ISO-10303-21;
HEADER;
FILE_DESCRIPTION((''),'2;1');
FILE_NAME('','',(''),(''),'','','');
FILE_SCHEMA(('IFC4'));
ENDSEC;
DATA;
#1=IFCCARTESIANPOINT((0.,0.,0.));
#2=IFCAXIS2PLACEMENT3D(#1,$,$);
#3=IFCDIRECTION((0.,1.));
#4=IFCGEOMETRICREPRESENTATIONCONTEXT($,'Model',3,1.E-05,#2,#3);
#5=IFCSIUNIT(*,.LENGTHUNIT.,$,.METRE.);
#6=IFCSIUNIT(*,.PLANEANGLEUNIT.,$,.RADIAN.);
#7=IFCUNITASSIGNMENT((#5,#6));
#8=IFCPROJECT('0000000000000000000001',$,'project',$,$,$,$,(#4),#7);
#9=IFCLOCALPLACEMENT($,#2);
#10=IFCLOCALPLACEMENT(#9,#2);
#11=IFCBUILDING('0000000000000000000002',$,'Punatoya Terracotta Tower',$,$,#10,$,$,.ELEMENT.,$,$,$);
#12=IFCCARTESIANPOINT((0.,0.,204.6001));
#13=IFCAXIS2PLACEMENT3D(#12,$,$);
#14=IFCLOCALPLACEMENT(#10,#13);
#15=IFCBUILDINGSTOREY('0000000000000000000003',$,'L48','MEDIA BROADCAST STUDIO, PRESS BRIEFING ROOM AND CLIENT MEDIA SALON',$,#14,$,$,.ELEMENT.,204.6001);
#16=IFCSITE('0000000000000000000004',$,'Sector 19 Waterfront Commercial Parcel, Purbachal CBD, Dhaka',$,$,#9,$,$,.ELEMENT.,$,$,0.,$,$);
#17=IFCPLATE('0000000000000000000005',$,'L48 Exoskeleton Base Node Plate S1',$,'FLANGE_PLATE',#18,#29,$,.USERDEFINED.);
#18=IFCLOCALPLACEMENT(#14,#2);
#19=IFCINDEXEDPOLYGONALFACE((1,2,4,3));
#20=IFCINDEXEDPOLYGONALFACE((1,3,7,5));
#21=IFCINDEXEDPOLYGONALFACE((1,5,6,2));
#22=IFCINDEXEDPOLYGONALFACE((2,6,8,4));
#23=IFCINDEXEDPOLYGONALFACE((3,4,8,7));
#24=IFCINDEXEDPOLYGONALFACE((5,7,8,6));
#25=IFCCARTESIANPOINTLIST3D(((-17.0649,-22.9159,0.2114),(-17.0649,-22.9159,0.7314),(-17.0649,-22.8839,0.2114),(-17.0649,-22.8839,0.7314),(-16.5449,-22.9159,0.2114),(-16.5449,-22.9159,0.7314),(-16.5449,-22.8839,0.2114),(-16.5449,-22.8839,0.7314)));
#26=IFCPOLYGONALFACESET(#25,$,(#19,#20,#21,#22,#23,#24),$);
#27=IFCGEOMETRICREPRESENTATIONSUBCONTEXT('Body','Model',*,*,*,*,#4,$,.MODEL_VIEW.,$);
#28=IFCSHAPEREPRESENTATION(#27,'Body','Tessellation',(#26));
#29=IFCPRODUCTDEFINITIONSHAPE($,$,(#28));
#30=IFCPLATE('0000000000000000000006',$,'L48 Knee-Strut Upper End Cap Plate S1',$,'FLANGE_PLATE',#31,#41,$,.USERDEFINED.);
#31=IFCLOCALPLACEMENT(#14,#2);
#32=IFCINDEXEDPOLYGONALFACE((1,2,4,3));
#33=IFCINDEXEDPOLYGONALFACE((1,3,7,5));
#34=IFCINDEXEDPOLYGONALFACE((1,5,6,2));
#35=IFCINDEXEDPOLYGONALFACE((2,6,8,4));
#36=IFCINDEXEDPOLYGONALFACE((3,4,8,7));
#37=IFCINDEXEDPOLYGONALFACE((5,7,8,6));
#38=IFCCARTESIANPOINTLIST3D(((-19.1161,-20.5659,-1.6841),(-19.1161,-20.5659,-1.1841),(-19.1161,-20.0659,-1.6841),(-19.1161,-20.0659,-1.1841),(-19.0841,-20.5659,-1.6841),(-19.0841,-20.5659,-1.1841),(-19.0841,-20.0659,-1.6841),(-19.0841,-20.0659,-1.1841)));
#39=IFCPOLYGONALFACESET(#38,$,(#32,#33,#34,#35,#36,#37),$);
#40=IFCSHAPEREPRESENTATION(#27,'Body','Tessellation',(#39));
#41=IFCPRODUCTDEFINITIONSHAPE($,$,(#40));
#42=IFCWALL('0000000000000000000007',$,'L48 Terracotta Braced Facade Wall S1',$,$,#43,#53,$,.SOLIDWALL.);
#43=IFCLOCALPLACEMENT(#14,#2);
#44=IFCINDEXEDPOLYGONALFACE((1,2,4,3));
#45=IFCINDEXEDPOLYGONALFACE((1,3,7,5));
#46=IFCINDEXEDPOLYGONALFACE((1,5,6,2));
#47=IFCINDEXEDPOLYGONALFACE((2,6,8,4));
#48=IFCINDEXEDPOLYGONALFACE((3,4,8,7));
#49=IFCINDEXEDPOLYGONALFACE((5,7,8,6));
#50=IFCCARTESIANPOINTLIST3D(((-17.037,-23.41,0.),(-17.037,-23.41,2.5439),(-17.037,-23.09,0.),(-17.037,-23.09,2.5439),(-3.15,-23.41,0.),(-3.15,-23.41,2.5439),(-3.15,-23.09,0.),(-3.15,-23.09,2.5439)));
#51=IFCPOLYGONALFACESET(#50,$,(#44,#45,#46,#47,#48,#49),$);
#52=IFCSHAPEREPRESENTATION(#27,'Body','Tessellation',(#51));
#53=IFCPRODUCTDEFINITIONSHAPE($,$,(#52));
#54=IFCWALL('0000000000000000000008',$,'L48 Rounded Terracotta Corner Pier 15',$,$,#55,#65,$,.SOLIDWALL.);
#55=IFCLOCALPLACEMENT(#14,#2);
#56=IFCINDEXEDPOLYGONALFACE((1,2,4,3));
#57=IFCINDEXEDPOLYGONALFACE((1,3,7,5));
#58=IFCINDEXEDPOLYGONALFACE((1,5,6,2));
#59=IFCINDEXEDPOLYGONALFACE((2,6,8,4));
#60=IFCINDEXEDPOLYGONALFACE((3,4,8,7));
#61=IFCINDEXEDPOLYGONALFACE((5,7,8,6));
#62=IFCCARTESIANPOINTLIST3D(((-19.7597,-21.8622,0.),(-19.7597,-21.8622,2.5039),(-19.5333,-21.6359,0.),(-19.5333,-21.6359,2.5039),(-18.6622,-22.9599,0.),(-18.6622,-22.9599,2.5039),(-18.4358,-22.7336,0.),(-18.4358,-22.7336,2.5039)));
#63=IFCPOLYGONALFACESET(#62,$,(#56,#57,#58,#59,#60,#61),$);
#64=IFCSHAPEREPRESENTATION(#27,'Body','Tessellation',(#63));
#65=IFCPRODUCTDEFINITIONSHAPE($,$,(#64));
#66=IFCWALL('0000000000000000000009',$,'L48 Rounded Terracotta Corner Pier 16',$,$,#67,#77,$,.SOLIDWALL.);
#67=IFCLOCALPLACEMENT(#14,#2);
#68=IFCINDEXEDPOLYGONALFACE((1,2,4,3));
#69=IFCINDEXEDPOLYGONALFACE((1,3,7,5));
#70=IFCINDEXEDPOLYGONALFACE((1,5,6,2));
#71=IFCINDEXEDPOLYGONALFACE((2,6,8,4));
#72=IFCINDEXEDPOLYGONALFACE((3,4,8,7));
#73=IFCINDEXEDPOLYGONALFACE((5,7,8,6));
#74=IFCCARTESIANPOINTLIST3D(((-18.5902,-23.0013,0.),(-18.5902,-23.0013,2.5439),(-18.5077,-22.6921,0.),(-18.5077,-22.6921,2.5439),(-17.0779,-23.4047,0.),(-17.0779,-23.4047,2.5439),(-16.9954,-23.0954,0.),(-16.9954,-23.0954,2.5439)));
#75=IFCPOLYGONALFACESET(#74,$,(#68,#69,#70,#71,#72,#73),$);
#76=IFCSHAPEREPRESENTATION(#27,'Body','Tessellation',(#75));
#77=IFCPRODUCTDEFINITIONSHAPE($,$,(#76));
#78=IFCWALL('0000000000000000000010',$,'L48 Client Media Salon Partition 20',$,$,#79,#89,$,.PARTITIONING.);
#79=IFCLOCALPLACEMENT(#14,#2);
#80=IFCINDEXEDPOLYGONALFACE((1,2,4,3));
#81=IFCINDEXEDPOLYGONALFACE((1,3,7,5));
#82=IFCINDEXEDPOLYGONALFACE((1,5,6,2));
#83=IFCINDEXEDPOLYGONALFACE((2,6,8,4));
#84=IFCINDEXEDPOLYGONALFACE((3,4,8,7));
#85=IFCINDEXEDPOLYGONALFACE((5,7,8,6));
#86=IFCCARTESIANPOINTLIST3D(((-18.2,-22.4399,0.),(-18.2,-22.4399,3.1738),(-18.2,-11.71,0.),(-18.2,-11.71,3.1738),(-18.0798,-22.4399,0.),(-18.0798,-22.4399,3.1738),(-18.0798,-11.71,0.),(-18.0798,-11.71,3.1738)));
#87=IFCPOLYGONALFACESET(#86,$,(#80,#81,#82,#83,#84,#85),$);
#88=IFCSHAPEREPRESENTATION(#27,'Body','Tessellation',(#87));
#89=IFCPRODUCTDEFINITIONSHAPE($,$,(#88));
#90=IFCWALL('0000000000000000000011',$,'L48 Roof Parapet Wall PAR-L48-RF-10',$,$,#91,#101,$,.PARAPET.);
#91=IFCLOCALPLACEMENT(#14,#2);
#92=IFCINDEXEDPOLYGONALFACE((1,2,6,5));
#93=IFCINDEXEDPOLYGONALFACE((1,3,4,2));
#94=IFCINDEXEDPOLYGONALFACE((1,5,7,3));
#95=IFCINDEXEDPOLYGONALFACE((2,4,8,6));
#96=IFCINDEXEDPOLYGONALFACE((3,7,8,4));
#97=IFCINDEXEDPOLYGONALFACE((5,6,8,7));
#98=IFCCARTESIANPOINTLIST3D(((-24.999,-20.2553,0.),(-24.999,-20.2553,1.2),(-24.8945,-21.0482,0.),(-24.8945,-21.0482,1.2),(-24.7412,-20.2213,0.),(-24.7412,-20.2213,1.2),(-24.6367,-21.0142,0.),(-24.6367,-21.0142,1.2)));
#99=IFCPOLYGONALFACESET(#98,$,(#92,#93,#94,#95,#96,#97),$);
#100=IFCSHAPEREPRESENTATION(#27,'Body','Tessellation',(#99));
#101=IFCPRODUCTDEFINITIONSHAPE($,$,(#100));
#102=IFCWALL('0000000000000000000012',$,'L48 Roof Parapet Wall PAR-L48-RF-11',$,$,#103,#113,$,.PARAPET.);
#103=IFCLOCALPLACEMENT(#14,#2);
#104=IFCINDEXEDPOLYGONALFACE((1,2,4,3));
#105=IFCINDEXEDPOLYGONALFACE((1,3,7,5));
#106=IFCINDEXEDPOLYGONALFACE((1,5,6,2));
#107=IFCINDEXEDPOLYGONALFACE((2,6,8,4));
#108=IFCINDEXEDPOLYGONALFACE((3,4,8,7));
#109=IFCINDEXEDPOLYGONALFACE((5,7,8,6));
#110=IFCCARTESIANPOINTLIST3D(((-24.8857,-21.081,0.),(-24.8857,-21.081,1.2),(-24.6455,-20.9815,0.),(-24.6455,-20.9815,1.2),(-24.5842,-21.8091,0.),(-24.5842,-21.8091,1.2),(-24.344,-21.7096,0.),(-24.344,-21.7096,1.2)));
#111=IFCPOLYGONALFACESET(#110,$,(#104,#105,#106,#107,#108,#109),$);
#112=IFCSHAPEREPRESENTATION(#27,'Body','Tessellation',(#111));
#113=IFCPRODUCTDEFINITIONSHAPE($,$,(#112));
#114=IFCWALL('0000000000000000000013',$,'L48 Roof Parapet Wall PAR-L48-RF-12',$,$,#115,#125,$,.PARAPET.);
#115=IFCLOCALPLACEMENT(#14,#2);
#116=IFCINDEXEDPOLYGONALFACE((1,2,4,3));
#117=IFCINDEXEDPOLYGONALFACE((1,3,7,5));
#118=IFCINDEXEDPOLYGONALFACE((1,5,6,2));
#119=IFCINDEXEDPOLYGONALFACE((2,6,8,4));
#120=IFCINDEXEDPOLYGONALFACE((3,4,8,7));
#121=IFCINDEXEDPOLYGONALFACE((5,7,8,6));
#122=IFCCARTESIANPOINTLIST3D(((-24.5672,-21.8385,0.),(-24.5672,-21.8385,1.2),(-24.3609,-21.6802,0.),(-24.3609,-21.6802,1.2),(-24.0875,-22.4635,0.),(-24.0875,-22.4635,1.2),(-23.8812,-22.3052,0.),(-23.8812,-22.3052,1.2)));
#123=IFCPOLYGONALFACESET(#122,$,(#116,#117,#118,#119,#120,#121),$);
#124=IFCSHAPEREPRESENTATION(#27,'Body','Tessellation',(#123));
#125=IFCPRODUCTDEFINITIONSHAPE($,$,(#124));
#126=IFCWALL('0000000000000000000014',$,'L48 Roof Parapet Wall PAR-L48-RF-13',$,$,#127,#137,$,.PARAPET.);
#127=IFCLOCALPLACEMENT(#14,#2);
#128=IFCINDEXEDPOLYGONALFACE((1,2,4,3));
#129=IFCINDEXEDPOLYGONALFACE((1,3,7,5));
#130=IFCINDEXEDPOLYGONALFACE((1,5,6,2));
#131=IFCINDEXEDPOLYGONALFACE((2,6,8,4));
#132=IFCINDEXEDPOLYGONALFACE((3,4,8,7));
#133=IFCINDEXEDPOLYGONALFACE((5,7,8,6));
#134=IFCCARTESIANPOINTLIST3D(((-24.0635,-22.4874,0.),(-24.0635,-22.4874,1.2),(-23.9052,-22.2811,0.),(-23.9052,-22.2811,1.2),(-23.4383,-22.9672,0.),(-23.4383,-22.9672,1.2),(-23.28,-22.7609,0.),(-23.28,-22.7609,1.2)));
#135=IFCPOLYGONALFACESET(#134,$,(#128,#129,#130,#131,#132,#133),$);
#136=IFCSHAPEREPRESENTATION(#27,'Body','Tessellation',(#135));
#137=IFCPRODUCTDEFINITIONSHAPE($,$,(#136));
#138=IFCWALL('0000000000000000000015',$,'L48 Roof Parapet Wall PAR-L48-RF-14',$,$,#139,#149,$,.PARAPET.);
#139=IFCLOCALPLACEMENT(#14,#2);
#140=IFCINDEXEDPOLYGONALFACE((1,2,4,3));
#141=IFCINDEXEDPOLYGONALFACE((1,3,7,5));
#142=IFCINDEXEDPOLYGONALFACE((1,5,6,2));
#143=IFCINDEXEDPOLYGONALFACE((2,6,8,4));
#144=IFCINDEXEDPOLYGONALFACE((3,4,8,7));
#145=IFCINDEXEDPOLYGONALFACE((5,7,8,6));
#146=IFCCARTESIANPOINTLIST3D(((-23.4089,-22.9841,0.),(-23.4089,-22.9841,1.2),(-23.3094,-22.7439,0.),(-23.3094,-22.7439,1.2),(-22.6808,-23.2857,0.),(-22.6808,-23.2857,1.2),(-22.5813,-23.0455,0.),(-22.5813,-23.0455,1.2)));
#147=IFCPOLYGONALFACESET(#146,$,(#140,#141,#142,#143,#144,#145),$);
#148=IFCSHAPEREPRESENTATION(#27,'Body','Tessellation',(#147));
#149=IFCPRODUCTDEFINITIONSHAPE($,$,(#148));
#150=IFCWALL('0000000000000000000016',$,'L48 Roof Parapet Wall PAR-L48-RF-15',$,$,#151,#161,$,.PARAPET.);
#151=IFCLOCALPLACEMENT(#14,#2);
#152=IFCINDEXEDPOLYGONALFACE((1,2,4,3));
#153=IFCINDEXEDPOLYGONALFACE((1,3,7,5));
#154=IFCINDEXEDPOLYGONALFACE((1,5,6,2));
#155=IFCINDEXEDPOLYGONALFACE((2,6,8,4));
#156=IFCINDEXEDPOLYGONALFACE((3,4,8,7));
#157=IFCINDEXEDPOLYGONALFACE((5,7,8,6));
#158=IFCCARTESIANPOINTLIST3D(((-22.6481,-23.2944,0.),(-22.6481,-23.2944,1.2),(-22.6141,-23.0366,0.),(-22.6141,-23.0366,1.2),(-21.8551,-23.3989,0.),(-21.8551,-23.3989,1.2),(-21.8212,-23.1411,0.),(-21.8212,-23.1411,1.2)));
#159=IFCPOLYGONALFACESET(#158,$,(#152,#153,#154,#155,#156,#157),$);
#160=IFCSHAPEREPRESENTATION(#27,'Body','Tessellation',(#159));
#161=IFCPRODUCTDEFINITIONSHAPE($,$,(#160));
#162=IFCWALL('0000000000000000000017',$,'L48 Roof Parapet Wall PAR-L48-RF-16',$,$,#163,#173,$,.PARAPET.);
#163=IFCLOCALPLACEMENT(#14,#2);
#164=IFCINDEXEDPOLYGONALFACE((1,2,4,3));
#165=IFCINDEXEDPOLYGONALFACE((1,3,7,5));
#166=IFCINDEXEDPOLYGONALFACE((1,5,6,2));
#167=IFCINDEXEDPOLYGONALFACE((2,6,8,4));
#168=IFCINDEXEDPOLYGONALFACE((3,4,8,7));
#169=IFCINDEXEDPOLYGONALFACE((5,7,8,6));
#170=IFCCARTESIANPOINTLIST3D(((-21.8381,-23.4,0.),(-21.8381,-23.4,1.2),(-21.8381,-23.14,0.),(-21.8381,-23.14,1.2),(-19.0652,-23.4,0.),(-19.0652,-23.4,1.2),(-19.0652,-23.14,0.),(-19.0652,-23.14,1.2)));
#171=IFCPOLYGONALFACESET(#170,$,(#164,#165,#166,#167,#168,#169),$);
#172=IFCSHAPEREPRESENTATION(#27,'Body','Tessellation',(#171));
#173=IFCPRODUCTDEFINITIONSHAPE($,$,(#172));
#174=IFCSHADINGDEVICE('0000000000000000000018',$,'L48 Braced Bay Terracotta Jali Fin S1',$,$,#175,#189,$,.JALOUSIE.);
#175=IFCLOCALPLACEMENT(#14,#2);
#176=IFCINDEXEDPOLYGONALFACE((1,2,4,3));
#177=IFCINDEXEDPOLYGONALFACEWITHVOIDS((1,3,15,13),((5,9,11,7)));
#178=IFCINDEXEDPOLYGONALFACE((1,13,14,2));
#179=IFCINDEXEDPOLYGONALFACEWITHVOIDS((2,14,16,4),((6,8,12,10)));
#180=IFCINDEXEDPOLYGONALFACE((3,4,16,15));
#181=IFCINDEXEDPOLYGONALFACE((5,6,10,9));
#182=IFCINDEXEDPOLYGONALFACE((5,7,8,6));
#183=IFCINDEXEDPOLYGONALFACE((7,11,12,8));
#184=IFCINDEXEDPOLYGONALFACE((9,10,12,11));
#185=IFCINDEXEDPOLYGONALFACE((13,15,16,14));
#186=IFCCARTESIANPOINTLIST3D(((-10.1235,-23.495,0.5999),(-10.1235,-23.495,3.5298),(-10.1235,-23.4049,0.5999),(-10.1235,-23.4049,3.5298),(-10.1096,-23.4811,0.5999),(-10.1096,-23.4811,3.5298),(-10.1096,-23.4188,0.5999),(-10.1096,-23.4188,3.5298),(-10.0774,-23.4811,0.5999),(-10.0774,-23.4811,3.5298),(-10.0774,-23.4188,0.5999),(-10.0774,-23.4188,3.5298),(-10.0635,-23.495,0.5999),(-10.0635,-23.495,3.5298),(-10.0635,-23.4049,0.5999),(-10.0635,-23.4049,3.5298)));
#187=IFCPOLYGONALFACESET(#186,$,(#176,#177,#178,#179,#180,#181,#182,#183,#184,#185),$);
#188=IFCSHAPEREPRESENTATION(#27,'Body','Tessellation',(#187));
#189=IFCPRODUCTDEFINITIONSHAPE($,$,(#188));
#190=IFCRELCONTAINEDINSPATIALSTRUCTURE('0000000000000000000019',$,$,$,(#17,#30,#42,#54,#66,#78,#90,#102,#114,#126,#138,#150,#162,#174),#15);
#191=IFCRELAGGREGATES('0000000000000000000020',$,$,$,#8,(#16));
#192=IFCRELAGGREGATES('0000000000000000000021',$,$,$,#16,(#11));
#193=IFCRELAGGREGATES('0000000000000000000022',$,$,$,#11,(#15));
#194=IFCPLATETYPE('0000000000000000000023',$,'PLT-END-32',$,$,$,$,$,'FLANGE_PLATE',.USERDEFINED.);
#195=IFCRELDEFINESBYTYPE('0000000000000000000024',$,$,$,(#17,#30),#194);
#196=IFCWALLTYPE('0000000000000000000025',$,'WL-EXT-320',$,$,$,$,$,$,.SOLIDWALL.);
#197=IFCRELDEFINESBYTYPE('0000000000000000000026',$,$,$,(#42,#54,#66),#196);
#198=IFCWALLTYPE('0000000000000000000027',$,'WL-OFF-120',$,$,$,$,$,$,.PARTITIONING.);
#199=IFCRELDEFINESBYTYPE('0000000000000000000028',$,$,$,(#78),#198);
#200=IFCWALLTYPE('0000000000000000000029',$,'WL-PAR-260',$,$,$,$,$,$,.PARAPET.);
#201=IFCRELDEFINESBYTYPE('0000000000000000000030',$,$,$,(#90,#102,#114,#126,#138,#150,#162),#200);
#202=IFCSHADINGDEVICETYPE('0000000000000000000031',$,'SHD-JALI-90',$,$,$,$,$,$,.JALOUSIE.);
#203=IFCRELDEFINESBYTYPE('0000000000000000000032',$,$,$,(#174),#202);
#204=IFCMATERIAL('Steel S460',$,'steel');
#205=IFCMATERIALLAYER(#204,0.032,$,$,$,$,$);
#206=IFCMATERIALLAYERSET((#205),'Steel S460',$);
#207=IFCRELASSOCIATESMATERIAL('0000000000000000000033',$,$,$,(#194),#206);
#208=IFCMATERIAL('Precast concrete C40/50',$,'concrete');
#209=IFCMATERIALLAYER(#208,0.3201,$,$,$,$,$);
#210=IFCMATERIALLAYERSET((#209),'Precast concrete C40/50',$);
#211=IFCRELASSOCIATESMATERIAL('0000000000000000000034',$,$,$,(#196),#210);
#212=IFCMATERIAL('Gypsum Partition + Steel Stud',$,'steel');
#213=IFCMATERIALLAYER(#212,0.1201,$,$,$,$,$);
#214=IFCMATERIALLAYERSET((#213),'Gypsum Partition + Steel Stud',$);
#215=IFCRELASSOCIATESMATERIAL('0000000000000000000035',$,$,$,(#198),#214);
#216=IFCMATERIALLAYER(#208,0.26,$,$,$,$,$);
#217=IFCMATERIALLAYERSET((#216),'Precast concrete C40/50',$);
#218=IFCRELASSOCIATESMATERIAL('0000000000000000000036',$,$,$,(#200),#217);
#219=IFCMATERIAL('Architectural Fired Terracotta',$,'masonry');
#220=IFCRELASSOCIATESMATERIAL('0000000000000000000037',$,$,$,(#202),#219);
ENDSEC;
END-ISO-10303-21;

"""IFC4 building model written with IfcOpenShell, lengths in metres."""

from ifc_helpers import new_model, si_unit, direction, frame, frame_2d, origin, origin_2d, place, context, subcontext, project, spatial, rectangle, hollow_rectangle, extrude, material, layer, layer_set, material_profile, profile_set, type_object, element, save


model = new_model("IFC4")

# Units and contexts
model_context = context("Model", 3, precision=1e-05, world=origin(), true_north=direction((0.0, 1.0)))
body_context = subcontext(model_context, "Body", "Model", "MODEL_VIEW")
ifc_project = project(units=[si_unit("LENGTHUNIT", "METRE"), si_unit("PLANEANGLEUNIT", "RADIAN")], contexts=[model_context])

# Site, building, storey
site_placement = place(None, origin())
site = spatial("IfcSite", under=ifc_project, at=site_placement, Name="Sector 19 Waterfront Commercial Parcel, Purbachal CBD, Dhaka", CompositionType="ELEMENT", RefElevation=0.0)
building_placement = place(site_placement, origin())
building = spatial("IfcBuilding", under=site, at=building_placement, Name="Punatoya Terracotta Tower", CompositionType="ELEMENT")
storey_placement = place(building_placement, frame((0.0, 0.0, 204.6001)))
storey = spatial("IfcBuildingStorey", under=building, at=storey_placement, Name="L48", Description="MEDIA BROADCAST STUDIO, PRESS BRIEFING ROOM AND CLIENT MEDIA SALON", CompositionType="ELEMENT", Elevation=204.6001)

# Shared definitions
ifc_material_1 = material(Name="Steel S460", Category="steel")

# Plates
ifc_layer_1 = layer(ifc_material_1, 0.032)
ifc_layer_set_1 = layer_set([ifc_layer_1], Name="Steel S460")
plate_type = type_object("IfcPlateType", Name="PLT-END-32", ElementType="FLANGE_PLATE", PredefinedType="USERDEFINED", material=ifc_layer_set_1)
plate_1_placement = place(storey_placement, frame((-16.8049, -22.8999, 0.2114), z_axis=(0.0, 0.0, 1.0), x_axis=(1.0, 0.0, 0.0)))
element("IfcPlate", 1, at=plate_1_placement, inside=storey, type_object=plate_type, Name="L48 Exoskeleton Base Node Plate S1", ObjectType="FLANGE_PLATE", PredefinedType="USERDEFINED", context=body_context, shape_type="SweptSolid", body=[
    extrude(rectangle(XDim=0.52, YDim=0.032, at=origin_2d()), origin(), (0.0, 0.0, 1.0), 0.52),
])
plate_2_placement = place(storey_placement, frame((-19.1001, -20.3159, -1.6841), z_axis=(0.0, 0.0, 1.0), x_axis=(0.0, 1.0, 0.0)))
element("IfcPlate", 2, at=plate_2_placement, inside=storey, type_object=plate_type, Name="L48 Knee-Strut Upper End Cap Plate S1", ObjectType="FLANGE_PLATE", PredefinedType="USERDEFINED", context=body_context, shape_type="SweptSolid", body=[
    extrude(rectangle(XDim=0.5, YDim=0.032, at=origin_2d()), origin(), (0.0, 0.0, 1.0), 0.5),
])

# Walls
ifc_material_2 = material(Name="Precast concrete C40/50", Category="concrete")
ifc_layer_2 = layer(ifc_material_2, 0.3201)
ifc_layer_set_2 = layer_set([ifc_layer_2], Name="Precast concrete C40/50")
wall_type_1 = type_object("IfcWallType", Name="WL-EXT-320", PredefinedType="SOLIDWALL", material=ifc_layer_set_2)
wall_1_placement = place(storey_placement, frame((-17.0369, -23.25, 0.0), z_axis=(0.0, 0.0, 1.0), x_axis=(1.0, 0.0, 0.0)))
element("IfcWall", 3, at=wall_1_placement, inside=storey, type_object=wall_type_1, Name="L48 Terracotta Braced Facade Wall S1", PredefinedType="SOLIDWALL", context=body_context, shape_type="SweptSolid", body=[
    extrude(rectangle(XDim=13.887, YDim=0.3201, at=frame_2d((6.9434, 0.0))), origin(), (0.0, 0.0, 1.0), 2.5439),
])
wall_2_placement = place(storey_placement, frame((-19.6465, -21.749, 0.0), z_axis=(0.0, 0.0, 1.0), x_axis=(0.707028, -0.707185, 0.0)))
element("IfcWall", 4, at=wall_2_placement, inside=storey, type_object=wall_type_1, Name="L48 Rounded Terracotta Corner Pier 15", PredefinedType="SOLIDWALL", context=body_context, shape_type="SweptSolid", body=[
    extrude(rectangle(XDim=1.5522, YDim=0.3201, at=frame_2d((0.7761, 0.0))), origin(), (0.0, 0.0, 1.0), 2.5039),
])
wall_3_placement = place(storey_placement, frame((-18.5491, -22.8467, 0.0), z_axis=(0.0, 0.0, 1.0), x_axis=(0.966225, -0.257701, 0.0)))
element("IfcWall", 5, at=wall_3_placement, inside=storey, type_object=wall_type_1, Name="L48 Rounded Terracotta Corner Pier 16", PredefinedType="SOLIDWALL", context=body_context, shape_type="SweptSolid", body=[
    extrude(rectangle(XDim=1.5652, YDim=0.3201, at=frame_2d((0.7827, 0.0))), origin(), (0.0, 0.0, 1.0), 2.5439),
])
ifc_material_3 = material(Name="Gypsum Partition + Steel Stud", Category="steel")
ifc_layer_3 = layer(ifc_material_3, 0.1201)
ifc_layer_set_3 = layer_set([ifc_layer_3], Name="Gypsum Partition + Steel Stud")
wall_type_2 = type_object("IfcWallType", Name="WL-OFF-120", PredefinedType="PARTITIONING", material=ifc_layer_set_3)
wall_4_placement = place(storey_placement, frame((-18.1399, -22.4399, 0.0), z_axis=(0.0, 0.0, 1.0), x_axis=(0.0, 1.0, 0.0)))
element("IfcWall", 6, at=wall_4_placement, inside=storey, type_object=wall_type_2, Name="L48 Client Media Salon Partition 20", PredefinedType="PARTITIONING", context=body_context, shape_type="SweptSolid", body=[
    extrude(rectangle(XDim=10.73, YDim=0.1201, at=frame_2d((5.365, 0.0))), origin(), (0.0, 0.0, 1.0), 3.1738),
])
ifc_layer_4 = layer(ifc_material_2, 0.26)
ifc_layer_set_4 = layer_set([ifc_layer_4], Name="Precast concrete C40/50")
wall_type_3 = type_object("IfcWallType", Name="WL-PAR-260", PredefinedType="PARAPET", material=ifc_layer_set_4)
wall_5_placement = place(storey_placement, frame((-24.8701, -20.2383, 0.0), z_axis=(0.0, 0.0, 1.0), x_axis=(0.130644, -0.991429, 0.0)))
element("IfcWall", 7, at=wall_5_placement, inside=storey, type_object=wall_type_3, Name="L48 Roof Parapet Wall PAR-L48-RF-10", PredefinedType="PARAPET", context=body_context, shape_type="SweptSolid", body=[
    extrude(rectangle(XDim=0.7998, YDim=0.26, at=frame_2d((0.3999, 0.0))), origin(), (0.0, 0.0, 1.0), 1.2),
])
wall_6_placement = place(storey_placement, frame((-24.7656, -21.0312, 0.0), z_axis=(0.0, 0.0, 1.0), x_axis=(0.382635, -0.9239, 0.0)))
element("IfcWall", 8, at=wall_6_placement, inside=storey, type_object=wall_type_3, Name="L48 Roof Parapet Wall PAR-L48-RF-11", PredefinedType="PARAPET", context=body_context, shape_type="SweptSolid", body=[
    extrude(rectangle(XDim=0.7881, YDim=0.26, at=frame_2d((0.394, 0.0))), origin(), (0.0, 0.0, 1.0), 1.2),
])
wall_7_placement = place(storey_placement, frame((-24.4641, -21.7593, 0.0), z_axis=(0.0, 0.0, 1.0), x_axis=(0.608887, -0.793257, 0.0)))
element("IfcWall", 9, at=wall_7_placement, inside=storey, type_object=wall_type_3, Name="L48 Roof Parapet Wall PAR-L48-RF-12", PredefinedType="PARAPET", context=body_context, shape_type="SweptSolid", body=[
    extrude(rectangle(XDim=0.7878, YDim=0.26, at=frame_2d((0.394, 0.0))), origin(), (0.0, 0.0, 1.0), 1.2),
])
for number, where, z_axis, x_axis, name in (
    (10, (-23.9844, -22.3843, 0.0), (0.0, 0.0, 1.0), (0.793372, -0.608737, 0.0), "L48 Roof Parapet Wall PAR-L48-RF-13"),
    (11, (-23.3591, -22.864, 0.0), (0.0, 0.0, 1.0), (0.9239, -0.382635, 0.0), "L48 Roof Parapet Wall PAR-L48-RF-14"),
):
    element("IfcWall", number, at=place(storey_placement, frame(where, z_axis=z_axis, x_axis=x_axis)), inside=storey, type_object=wall_type_3, Name=name, PredefinedType="PARAPET", context=body_context, shape_type="SweptSolid", body=[
        extrude(rectangle(XDim=0.7881, YDim=0.26, at=frame_2d((0.394, 0.0))), origin(), (0.0, 0.0, 1.0), 1.2),
    ])
wall_8_placement = place(storey_placement, frame((-22.6311, -23.1655, 0.0), z_axis=(0.0, 0.0, 1.0), x_axis=(0.991429, -0.130644, 0.0)))
element("IfcWall", 12, at=wall_8_placement, inside=storey, type_object=wall_type_3, Name="L48 Roof Parapet Wall PAR-L48-RF-15", PredefinedType="PARAPET", context=body_context, shape_type="SweptSolid", body=[
    extrude(rectangle(XDim=0.7998, YDim=0.26, at=frame_2d((0.3999, 0.0))), origin(), (0.0, 0.0, 1.0), 1.2),
])
wall_9_placement = place(storey_placement, frame((-21.8381, -23.27, 0.0), z_axis=(0.0, 0.0, 1.0), x_axis=(1.0, 0.0, 0.0)))
element("IfcWall", 13, at=wall_9_placement, inside=storey, type_object=wall_type_3, Name="L48 Roof Parapet Wall PAR-L48-RF-16", PredefinedType="PARAPET", context=body_context, shape_type="SweptSolid", body=[
    extrude(rectangle(XDim=2.7729, YDim=0.26, at=frame_2d((1.3865, 0.0))), origin(), (0.0, 0.0, 1.0), 1.2),
])

# Shading device
ifc_material_4 = material(Name="Architectural Fired Terracotta", Category="masonry")
ifc_material_profile_1 = material_profile(ifc_material_4, hollow_rectangle(XDim=0.0601, YDim=0.0901, WallThickness=0.0139, at=origin_2d()))
ifc_profile_set_1 = profile_set([ifc_material_profile_1], Name="Architectural Fired Terracotta")
shading_device_type = type_object("IfcShadingDeviceType", Name="SHD-JALI-90", PredefinedType="JALOUSIE", material=ifc_profile_set_1)
shading_device_placement = place(storey_placement, frame((-10.0935, -23.45, 0.5999), z_axis=(0.0, 0.0, 1.0), x_axis=(1.0, 0.0, 0.0)))
element("IfcShadingDevice", 14, at=shading_device_placement, inside=storey, type_object=shading_device_type, Name="L48 Braced Bay Terracotta Jali Fin S1", PredefinedType="JALOUSIE", context=body_context, shape_type="SweptSolid", body=[
    extrude(hollow_rectangle(XDim=0.0601, YDim=0.0901, WallThickness=0.0139, at=origin_2d()), origin(), (0.0, 0.0, 1.0), 2.9299),
])

save(model, "model.ifc")
